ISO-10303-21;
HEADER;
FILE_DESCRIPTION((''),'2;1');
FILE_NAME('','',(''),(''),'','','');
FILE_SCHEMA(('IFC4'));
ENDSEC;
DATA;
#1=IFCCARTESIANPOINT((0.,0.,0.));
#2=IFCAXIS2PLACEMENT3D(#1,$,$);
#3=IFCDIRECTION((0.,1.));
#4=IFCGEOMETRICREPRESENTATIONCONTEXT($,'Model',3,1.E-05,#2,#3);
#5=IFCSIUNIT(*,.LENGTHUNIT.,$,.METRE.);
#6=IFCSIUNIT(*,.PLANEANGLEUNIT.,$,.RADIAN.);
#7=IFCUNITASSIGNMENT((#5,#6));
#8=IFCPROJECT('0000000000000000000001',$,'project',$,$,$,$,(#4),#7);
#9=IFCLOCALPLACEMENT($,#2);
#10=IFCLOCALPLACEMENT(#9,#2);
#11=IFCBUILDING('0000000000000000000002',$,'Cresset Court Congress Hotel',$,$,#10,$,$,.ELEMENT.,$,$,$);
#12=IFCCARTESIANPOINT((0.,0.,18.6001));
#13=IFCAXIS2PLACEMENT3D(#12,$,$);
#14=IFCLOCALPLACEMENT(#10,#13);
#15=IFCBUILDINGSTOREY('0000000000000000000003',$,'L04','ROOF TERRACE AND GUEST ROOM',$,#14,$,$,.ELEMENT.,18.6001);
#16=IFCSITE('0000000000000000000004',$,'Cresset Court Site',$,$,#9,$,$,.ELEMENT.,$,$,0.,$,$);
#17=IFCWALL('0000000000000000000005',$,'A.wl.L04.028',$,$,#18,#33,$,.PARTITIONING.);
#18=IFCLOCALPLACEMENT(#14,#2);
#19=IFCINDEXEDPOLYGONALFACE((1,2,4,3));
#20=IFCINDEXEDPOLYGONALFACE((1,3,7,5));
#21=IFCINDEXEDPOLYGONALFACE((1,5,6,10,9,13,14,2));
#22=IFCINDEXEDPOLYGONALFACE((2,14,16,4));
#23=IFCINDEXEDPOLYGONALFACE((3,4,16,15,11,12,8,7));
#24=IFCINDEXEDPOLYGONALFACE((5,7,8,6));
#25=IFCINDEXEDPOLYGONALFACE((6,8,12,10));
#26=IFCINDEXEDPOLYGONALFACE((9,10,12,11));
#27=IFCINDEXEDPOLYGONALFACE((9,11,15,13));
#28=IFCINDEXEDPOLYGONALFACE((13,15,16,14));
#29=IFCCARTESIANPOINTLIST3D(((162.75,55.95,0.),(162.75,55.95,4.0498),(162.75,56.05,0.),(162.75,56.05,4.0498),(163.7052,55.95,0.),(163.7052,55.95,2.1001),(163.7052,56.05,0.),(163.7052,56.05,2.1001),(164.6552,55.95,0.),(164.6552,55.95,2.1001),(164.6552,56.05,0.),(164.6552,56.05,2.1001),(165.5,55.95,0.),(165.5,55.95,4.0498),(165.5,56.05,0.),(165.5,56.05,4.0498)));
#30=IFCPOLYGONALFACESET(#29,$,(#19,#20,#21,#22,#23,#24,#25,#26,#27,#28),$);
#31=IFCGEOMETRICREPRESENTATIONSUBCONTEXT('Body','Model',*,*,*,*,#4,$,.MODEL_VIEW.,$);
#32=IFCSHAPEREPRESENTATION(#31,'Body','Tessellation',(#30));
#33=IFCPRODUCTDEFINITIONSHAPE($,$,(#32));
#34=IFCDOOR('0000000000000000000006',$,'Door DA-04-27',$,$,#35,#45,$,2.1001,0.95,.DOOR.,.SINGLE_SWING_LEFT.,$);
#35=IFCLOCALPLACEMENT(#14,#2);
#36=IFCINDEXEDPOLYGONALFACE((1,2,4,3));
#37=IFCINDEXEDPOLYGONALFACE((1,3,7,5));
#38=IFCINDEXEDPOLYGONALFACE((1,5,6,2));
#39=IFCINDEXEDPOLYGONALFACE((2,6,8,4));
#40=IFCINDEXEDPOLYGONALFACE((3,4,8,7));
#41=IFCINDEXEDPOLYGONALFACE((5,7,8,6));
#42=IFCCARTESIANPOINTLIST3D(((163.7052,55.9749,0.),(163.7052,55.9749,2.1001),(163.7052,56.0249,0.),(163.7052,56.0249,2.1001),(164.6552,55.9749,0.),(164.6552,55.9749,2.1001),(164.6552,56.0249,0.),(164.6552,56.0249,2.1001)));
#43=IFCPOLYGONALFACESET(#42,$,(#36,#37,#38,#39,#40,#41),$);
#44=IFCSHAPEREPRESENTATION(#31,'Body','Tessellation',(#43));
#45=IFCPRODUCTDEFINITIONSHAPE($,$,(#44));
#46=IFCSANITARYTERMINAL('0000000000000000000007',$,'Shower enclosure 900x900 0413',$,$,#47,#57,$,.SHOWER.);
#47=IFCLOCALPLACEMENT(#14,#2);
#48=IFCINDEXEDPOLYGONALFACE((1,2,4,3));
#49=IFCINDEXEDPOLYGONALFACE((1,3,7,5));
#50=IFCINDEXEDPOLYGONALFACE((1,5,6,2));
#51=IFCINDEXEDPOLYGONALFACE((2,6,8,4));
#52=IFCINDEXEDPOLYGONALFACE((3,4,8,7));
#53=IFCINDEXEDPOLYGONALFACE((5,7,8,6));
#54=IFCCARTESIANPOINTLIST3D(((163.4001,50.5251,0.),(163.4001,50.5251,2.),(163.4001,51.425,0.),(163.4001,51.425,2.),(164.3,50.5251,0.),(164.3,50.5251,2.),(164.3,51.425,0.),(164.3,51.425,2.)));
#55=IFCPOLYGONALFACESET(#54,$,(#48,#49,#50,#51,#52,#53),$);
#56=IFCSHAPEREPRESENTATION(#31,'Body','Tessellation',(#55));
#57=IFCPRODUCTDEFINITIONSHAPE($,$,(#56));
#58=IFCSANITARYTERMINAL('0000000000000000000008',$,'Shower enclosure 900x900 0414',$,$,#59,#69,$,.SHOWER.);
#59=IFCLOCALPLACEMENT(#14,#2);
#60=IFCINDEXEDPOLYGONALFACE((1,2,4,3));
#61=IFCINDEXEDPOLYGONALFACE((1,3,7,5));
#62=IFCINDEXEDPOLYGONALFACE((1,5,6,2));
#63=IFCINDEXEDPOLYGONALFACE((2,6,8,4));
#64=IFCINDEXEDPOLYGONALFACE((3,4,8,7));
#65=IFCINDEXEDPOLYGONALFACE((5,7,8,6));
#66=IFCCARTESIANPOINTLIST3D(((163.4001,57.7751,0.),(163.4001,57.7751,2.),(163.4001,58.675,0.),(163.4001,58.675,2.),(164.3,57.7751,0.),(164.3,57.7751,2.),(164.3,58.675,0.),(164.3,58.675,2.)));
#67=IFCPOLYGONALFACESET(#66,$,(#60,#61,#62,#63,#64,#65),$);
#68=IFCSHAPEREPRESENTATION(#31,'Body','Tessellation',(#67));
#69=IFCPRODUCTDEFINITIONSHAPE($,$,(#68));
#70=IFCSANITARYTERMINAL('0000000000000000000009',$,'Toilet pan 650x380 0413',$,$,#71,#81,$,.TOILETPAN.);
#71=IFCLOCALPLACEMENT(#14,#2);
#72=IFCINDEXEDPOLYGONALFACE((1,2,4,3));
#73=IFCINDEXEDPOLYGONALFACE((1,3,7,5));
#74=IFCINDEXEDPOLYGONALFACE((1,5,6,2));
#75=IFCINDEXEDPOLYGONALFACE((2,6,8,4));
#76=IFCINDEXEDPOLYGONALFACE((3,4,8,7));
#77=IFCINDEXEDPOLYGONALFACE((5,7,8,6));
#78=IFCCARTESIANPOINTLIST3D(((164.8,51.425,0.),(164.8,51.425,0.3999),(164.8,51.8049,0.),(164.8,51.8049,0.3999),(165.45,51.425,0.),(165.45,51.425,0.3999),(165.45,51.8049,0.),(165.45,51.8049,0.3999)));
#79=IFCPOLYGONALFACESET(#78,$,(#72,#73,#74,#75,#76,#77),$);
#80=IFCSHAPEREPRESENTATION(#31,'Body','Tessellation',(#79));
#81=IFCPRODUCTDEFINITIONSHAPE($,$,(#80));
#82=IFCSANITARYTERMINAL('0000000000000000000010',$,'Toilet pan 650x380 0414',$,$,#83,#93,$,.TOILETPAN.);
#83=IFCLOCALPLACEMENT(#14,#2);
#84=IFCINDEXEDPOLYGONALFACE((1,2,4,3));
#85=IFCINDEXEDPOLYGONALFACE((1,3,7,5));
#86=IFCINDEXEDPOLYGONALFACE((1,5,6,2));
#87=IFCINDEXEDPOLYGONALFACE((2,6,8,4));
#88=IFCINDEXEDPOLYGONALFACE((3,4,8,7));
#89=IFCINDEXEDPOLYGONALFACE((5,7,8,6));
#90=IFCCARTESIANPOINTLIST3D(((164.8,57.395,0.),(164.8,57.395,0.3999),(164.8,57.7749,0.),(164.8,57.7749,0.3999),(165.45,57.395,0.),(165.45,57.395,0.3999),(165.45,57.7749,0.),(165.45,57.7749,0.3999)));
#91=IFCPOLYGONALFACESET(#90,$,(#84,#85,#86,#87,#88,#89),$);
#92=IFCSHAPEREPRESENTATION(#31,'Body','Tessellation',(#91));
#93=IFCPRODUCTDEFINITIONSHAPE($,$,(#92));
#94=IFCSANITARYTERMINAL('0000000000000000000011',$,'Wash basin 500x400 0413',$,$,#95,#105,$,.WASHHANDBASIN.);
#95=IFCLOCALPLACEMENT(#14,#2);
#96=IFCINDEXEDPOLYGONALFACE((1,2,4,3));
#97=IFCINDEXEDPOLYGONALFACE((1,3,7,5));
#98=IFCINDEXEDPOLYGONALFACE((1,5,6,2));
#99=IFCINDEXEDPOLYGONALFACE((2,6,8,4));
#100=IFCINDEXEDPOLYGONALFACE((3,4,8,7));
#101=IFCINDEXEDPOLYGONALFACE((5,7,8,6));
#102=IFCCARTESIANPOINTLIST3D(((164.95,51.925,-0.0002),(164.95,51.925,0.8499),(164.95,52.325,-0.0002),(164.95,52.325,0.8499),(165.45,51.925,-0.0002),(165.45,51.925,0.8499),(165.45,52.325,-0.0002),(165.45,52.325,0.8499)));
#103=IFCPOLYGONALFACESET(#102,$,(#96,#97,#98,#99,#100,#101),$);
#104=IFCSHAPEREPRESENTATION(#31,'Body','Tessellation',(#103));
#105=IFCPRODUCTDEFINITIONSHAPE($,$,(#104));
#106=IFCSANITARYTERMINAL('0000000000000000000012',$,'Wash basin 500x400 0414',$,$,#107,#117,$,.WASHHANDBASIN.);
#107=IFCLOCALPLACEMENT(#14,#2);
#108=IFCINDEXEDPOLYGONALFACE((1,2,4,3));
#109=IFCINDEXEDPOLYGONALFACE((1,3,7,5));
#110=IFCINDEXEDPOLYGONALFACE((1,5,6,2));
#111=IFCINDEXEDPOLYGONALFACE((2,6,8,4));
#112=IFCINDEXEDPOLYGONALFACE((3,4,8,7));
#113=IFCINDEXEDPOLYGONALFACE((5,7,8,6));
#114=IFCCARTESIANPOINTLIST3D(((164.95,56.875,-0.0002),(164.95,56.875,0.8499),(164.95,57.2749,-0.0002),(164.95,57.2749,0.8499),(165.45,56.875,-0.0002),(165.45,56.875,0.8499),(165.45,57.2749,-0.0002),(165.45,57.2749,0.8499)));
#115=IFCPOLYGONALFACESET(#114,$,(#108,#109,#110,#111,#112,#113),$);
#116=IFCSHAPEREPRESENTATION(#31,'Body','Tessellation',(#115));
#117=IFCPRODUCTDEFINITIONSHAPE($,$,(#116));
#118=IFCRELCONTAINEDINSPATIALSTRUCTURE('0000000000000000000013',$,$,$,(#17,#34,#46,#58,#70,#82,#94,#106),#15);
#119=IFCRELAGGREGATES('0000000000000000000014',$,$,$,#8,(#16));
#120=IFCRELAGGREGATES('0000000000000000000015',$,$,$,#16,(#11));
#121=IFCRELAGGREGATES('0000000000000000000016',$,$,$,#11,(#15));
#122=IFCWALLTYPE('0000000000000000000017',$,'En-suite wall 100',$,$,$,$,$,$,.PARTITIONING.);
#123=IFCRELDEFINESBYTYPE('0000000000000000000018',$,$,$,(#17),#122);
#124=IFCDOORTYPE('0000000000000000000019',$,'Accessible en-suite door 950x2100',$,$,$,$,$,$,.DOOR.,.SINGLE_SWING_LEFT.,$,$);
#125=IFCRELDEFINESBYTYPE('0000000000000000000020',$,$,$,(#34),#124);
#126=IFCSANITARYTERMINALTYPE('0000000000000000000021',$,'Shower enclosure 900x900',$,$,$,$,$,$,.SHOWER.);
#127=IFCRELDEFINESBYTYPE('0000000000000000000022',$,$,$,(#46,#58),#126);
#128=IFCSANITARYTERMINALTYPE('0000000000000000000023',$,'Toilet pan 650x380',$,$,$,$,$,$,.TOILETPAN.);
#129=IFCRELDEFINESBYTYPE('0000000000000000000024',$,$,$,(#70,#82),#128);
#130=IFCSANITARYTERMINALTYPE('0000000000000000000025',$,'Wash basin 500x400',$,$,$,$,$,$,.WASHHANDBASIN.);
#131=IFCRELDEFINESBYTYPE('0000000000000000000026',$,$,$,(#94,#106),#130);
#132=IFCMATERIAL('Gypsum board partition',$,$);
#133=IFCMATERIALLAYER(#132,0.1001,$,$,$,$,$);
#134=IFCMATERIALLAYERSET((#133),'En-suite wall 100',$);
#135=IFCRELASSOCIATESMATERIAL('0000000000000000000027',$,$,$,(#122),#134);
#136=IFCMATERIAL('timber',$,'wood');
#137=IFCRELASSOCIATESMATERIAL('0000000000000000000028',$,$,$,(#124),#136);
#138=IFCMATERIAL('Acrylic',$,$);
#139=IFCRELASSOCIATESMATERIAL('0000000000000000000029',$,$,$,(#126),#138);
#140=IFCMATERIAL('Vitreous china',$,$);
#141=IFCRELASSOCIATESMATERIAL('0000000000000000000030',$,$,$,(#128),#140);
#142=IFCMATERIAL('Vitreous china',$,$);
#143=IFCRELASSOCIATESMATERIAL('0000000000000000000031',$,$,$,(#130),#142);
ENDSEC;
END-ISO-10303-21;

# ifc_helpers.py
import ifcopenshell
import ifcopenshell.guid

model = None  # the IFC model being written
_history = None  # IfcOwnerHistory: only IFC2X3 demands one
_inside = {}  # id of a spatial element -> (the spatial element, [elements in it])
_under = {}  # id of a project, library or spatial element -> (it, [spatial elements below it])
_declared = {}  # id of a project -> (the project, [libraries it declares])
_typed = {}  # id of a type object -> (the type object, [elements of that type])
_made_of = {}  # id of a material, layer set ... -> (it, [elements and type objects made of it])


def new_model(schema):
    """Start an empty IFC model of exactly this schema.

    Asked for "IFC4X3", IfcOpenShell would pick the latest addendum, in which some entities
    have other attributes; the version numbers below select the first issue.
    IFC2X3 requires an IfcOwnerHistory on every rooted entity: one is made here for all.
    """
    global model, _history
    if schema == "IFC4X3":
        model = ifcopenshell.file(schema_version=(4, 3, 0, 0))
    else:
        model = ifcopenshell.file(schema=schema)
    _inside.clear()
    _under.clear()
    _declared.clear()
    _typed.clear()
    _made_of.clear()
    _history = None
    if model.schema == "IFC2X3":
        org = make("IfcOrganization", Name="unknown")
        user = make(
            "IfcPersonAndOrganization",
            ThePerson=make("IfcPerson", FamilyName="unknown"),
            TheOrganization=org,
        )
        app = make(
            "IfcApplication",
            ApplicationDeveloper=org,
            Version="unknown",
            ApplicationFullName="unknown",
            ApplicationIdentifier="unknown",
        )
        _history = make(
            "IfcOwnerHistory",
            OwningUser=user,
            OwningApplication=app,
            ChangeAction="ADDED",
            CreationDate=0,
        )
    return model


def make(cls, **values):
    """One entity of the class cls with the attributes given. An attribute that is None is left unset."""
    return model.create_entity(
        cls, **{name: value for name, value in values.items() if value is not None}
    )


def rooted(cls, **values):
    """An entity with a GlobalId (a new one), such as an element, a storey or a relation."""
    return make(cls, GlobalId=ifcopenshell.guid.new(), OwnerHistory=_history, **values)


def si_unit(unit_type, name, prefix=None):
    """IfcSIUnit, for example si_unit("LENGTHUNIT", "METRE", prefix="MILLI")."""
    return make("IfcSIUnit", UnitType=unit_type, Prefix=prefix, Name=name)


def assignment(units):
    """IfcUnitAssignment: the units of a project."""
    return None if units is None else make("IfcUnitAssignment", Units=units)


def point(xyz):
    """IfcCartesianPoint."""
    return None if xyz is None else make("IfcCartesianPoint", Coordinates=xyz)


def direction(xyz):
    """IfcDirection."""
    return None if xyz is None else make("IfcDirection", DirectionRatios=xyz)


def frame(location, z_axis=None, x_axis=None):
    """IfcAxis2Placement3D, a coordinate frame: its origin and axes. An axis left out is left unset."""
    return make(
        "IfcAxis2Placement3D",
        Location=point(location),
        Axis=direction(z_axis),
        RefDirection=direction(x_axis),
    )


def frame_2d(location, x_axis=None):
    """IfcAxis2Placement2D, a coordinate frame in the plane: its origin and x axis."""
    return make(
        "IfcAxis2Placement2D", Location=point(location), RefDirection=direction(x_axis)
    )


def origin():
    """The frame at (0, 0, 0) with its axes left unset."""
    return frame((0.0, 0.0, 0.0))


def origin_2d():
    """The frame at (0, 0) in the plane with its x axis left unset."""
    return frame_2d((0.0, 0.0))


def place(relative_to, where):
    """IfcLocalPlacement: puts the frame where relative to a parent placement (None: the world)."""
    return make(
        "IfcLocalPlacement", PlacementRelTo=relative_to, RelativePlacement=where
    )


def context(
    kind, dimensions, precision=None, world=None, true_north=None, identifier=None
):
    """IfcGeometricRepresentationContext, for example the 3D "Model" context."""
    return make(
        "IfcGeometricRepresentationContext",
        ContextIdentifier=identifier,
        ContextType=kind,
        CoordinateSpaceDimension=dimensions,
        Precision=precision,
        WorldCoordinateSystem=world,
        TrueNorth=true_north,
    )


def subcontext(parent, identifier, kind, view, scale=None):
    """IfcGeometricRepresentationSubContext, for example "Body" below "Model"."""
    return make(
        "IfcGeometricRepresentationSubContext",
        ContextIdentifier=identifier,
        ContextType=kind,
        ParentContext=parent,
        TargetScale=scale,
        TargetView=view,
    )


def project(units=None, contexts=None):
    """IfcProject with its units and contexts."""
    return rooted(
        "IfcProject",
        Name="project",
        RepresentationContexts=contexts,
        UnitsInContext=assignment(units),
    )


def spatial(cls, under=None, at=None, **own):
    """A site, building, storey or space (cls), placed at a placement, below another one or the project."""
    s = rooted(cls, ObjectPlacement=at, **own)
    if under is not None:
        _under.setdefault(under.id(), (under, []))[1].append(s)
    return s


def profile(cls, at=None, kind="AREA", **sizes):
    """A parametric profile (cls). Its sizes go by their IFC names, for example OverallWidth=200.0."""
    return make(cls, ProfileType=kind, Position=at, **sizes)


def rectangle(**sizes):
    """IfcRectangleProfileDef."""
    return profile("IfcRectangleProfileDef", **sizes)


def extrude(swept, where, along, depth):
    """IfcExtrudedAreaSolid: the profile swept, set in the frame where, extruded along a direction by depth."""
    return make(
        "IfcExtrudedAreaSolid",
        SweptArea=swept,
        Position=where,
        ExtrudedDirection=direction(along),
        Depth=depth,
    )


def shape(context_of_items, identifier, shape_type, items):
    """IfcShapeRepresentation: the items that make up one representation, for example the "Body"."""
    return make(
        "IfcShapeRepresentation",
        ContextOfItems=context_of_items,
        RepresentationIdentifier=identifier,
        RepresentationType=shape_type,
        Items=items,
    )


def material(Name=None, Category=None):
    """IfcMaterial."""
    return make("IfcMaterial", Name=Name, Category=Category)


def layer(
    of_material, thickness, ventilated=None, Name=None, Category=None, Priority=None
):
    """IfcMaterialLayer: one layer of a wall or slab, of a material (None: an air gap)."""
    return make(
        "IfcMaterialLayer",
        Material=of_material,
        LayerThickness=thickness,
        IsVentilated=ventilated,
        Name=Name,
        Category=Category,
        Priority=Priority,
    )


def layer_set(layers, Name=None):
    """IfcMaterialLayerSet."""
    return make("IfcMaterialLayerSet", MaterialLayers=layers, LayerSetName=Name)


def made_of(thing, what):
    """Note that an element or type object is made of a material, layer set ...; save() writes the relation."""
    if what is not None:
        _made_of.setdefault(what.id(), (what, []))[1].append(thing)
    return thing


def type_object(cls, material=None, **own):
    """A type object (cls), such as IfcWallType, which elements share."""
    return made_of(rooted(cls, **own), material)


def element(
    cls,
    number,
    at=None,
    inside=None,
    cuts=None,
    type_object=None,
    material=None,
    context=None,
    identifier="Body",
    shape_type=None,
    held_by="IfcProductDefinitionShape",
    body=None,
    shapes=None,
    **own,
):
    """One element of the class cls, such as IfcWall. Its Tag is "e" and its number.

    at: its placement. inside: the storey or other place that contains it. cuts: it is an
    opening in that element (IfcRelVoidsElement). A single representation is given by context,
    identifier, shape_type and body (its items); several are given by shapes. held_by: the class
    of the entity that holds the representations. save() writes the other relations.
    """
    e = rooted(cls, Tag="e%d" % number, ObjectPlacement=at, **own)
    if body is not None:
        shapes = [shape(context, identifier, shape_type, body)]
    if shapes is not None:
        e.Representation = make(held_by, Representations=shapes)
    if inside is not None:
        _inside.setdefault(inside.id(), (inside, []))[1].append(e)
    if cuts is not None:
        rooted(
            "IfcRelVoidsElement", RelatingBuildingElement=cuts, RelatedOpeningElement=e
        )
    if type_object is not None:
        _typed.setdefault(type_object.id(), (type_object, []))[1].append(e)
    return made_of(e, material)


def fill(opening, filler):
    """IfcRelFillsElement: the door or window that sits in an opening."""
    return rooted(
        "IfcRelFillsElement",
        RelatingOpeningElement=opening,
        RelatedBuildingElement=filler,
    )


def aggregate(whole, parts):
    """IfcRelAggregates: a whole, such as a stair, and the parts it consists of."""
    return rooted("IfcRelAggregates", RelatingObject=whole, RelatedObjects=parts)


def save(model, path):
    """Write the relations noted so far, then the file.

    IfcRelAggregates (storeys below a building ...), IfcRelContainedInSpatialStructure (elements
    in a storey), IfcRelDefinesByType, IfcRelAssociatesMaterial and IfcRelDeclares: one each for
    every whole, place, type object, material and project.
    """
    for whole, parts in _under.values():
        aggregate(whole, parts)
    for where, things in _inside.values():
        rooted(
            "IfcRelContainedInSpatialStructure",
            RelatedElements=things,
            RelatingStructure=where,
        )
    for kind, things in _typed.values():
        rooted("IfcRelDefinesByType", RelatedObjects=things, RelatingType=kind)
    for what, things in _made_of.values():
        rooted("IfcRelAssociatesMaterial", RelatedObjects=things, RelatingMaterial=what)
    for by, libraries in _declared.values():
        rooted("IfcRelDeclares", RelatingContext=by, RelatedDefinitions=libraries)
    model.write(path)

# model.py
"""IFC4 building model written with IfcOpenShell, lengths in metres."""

from ifc_helpers import new_model, si_unit, direction, frame, frame_2d, origin, origin_2d, place, context, subcontext, project, spatial, rectangle, extrude, material, layer, layer_set, type_object, element, fill, save


model = new_model("IFC4")

# Units and contexts
model_context = context("Model", 3, precision=1e-05, world=origin(), true_north=direction((0.0, 1.0)))
body_context = subcontext(model_context, "Body", "Model", "MODEL_VIEW")
ifc_project = project(units=[si_unit("LENGTHUNIT", "METRE"), si_unit("PLANEANGLEUNIT", "RADIAN")], contexts=[model_context])

# Site, building, storey
site_placement = place(None, origin())
site = spatial("IfcSite", under=ifc_project, at=site_placement, Name="Cresset Court Site", CompositionType="ELEMENT", RefElevation=0.0)
building_placement = place(site_placement, origin())
building = spatial("IfcBuilding", under=site, at=building_placement, Name="Cresset Court Congress Hotel", CompositionType="ELEMENT")
storey_placement = place(building_placement, frame((0.0, 0.0, 18.6001)))
storey = spatial("IfcBuildingStorey", under=building, at=storey_placement, Name="L04", Description="ROOF TERRACE AND GUEST ROOM", CompositionType="ELEMENT", Elevation=18.6001)

# Shared definitions
ifc_material_1 = material(Name="Gypsum board partition")
ifc_layer_1 = layer(ifc_material_1, 0.1001)
ifc_layer_set_1 = layer_set([ifc_layer_1], Name="En-suite wall 100")
wall_type_1 = type_object("IfcWallType", Name="En-suite wall 100", PredefinedType="PARTITIONING", material=ifc_layer_set_1)

# Wall, opening, door
wall_1_placement = place(storey_placement, frame((162.75, 56.0, 0.0), z_axis=(0.0, 0.0, 1.0), x_axis=(1.0, 0.0, 0.0)))
wall_1 = element("IfcWall", 1, at=wall_1_placement, inside=storey, type_object=wall_type_1, Name="A.wl.L04.028", PredefinedType="PARTITIONING", context=body_context, shape_type="SweptSolid", body=[
    extrude(rectangle(XDim=2.75, YDim=0.1001, at=frame_2d((1.375, 0.0))), origin(), (0.0, 0.0, 1.0), 4.0498),
])
opening_1_placement = place(wall_1_placement, frame((0.9551, 0.0, 0.0)))
opening_1 = element("IfcOpeningElement", 2, at=opening_1_placement, cuts=wall_1, PredefinedType="OPENING", context=body_context, shape_type="SweptSolid", body=[
    extrude(rectangle(XDim=0.95, YDim=2.1001, at=frame_2d((0.4751, 1.05))), frame((0.0, 0.0601, 0.0), z_axis=(0.0, -1.0, 0.0), x_axis=(1.0, 0.0, 0.0)), (0.0, 0.0, 1.0), 0.1201),
])
ifc_material_2 = material(Name="timber", Category="wood")
door_type_1 = type_object("IfcDoorType", Name="Accessible en-suite door 950x2100", OperationType="SINGLE_SWING_LEFT", PredefinedType="DOOR", material=ifc_material_2)
door_1_placement = place(opening_1_placement, origin())
door_1 = element("IfcDoor", 3, at=door_1_placement, inside=storey, type_object=door_type_1, Name="Door DA-04-27", OperationType="SINGLE_SWING_LEFT", OverallHeight=2.1001, OverallWidth=0.95, PredefinedType="DOOR", context=body_context, shape_type="SweptSolid", body=[
    extrude(rectangle(XDim=0.95, YDim=2.1001, at=frame_2d((0.4751, 1.05))), frame((0.0, 0.0249, 0.0), z_axis=(0.0, -1.0, 0.0), x_axis=(1.0, 0.0, 0.0)), (0.0, 0.0, 1.0), 0.05),
])
fill(opening_1, door_1)

# Sanitary terminals
ifc_material_3 = material(Name="Acrylic")
sanitary_terminal_type_1 = type_object("IfcSanitaryTerminalType", Name="Shower enclosure 900x900", PredefinedType="SHOWER", material=ifc_material_3)
for number, where, z_axis, x_axis, name in (
    (4, (163.8501, 50.9751, 0.0), (0.0, 0.0, 1.0), (1.0, 0.0, 0.0), "Shower enclosure 900x900 0413"),
    (5, (163.8501, 58.2251, 0.0), (0.0, 0.0, 1.0), (1.0, 0.0, 0.0), "Shower enclosure 900x900 0414"),
):
    element("IfcSanitaryTerminal", number, at=place(storey_placement, frame(where, z_axis=z_axis, x_axis=x_axis)), inside=storey, type_object=sanitary_terminal_type_1, Name=name, PredefinedType="SHOWER", context=body_context, shape_type="SweptSolid", body=[
        extrude(rectangle(XDim=0.8999, YDim=0.8999, at=origin_2d()), origin(), (0.0, 0.0, 1.0), 2.0),
    ])
ifc_material_4 = material(Name="Vitreous china")
sanitary_terminal_type_2 = type_object("IfcSanitaryTerminalType", Name="Toilet pan 650x380", PredefinedType="TOILETPAN", material=ifc_material_4)
for number, where, z_axis, x_axis, name in (
    (6, (165.125, 51.615, 0.0), (0.0, 0.0, 1.0), (1.0, 0.0, 0.0), "Toilet pan 650x380 0413"),
    (7, (165.125, 57.585, 0.0), (0.0, 0.0, 1.0), (1.0, 0.0, 0.0), "Toilet pan 650x380 0414"),
):
    element("IfcSanitaryTerminal", number, at=place(storey_placement, frame(where, z_axis=z_axis, x_axis=x_axis)), inside=storey, type_object=sanitary_terminal_type_2, Name=name, PredefinedType="TOILETPAN", context=body_context, shape_type="SweptSolid", body=[
        extrude(rectangle(XDim=0.6499, YDim=0.3799, at=origin_2d()), origin(), (0.0, 0.0, 1.0), 0.3999),
    ])
ifc_material_5 = material(Name="Vitreous china")
sanitary_terminal_type_3 = type_object("IfcSanitaryTerminalType", Name="Wash basin 500x400", PredefinedType="WASHHANDBASIN", material=ifc_material_5)
for number, where, z_axis, x_axis, name in (
    (8, (165.2, 52.125, -0.0002), (0.0, 0.0, 1.0), (1.0, 0.0, 0.0), "Wash basin 500x400 0413"),
    (9, (165.2, 57.075, -0.0002), (0.0, 0.0, 1.0), (1.0, 0.0, 0.0), "Wash basin 500x400 0414"),
):
    element("IfcSanitaryTerminal", number, at=place(storey_placement, frame(where, z_axis=z_axis, x_axis=x_axis)), inside=storey, type_object=sanitary_terminal_type_3, Name=name, PredefinedType="WASHHANDBASIN", context=body_context, shape_type="SweptSolid", body=[
        extrude(rectangle(XDim=0.5, YDim=0.3999, at=origin_2d()), origin(), (0.0, 0.0, 1.0), 0.8501),
    ])

save(model, "model.ifc")
